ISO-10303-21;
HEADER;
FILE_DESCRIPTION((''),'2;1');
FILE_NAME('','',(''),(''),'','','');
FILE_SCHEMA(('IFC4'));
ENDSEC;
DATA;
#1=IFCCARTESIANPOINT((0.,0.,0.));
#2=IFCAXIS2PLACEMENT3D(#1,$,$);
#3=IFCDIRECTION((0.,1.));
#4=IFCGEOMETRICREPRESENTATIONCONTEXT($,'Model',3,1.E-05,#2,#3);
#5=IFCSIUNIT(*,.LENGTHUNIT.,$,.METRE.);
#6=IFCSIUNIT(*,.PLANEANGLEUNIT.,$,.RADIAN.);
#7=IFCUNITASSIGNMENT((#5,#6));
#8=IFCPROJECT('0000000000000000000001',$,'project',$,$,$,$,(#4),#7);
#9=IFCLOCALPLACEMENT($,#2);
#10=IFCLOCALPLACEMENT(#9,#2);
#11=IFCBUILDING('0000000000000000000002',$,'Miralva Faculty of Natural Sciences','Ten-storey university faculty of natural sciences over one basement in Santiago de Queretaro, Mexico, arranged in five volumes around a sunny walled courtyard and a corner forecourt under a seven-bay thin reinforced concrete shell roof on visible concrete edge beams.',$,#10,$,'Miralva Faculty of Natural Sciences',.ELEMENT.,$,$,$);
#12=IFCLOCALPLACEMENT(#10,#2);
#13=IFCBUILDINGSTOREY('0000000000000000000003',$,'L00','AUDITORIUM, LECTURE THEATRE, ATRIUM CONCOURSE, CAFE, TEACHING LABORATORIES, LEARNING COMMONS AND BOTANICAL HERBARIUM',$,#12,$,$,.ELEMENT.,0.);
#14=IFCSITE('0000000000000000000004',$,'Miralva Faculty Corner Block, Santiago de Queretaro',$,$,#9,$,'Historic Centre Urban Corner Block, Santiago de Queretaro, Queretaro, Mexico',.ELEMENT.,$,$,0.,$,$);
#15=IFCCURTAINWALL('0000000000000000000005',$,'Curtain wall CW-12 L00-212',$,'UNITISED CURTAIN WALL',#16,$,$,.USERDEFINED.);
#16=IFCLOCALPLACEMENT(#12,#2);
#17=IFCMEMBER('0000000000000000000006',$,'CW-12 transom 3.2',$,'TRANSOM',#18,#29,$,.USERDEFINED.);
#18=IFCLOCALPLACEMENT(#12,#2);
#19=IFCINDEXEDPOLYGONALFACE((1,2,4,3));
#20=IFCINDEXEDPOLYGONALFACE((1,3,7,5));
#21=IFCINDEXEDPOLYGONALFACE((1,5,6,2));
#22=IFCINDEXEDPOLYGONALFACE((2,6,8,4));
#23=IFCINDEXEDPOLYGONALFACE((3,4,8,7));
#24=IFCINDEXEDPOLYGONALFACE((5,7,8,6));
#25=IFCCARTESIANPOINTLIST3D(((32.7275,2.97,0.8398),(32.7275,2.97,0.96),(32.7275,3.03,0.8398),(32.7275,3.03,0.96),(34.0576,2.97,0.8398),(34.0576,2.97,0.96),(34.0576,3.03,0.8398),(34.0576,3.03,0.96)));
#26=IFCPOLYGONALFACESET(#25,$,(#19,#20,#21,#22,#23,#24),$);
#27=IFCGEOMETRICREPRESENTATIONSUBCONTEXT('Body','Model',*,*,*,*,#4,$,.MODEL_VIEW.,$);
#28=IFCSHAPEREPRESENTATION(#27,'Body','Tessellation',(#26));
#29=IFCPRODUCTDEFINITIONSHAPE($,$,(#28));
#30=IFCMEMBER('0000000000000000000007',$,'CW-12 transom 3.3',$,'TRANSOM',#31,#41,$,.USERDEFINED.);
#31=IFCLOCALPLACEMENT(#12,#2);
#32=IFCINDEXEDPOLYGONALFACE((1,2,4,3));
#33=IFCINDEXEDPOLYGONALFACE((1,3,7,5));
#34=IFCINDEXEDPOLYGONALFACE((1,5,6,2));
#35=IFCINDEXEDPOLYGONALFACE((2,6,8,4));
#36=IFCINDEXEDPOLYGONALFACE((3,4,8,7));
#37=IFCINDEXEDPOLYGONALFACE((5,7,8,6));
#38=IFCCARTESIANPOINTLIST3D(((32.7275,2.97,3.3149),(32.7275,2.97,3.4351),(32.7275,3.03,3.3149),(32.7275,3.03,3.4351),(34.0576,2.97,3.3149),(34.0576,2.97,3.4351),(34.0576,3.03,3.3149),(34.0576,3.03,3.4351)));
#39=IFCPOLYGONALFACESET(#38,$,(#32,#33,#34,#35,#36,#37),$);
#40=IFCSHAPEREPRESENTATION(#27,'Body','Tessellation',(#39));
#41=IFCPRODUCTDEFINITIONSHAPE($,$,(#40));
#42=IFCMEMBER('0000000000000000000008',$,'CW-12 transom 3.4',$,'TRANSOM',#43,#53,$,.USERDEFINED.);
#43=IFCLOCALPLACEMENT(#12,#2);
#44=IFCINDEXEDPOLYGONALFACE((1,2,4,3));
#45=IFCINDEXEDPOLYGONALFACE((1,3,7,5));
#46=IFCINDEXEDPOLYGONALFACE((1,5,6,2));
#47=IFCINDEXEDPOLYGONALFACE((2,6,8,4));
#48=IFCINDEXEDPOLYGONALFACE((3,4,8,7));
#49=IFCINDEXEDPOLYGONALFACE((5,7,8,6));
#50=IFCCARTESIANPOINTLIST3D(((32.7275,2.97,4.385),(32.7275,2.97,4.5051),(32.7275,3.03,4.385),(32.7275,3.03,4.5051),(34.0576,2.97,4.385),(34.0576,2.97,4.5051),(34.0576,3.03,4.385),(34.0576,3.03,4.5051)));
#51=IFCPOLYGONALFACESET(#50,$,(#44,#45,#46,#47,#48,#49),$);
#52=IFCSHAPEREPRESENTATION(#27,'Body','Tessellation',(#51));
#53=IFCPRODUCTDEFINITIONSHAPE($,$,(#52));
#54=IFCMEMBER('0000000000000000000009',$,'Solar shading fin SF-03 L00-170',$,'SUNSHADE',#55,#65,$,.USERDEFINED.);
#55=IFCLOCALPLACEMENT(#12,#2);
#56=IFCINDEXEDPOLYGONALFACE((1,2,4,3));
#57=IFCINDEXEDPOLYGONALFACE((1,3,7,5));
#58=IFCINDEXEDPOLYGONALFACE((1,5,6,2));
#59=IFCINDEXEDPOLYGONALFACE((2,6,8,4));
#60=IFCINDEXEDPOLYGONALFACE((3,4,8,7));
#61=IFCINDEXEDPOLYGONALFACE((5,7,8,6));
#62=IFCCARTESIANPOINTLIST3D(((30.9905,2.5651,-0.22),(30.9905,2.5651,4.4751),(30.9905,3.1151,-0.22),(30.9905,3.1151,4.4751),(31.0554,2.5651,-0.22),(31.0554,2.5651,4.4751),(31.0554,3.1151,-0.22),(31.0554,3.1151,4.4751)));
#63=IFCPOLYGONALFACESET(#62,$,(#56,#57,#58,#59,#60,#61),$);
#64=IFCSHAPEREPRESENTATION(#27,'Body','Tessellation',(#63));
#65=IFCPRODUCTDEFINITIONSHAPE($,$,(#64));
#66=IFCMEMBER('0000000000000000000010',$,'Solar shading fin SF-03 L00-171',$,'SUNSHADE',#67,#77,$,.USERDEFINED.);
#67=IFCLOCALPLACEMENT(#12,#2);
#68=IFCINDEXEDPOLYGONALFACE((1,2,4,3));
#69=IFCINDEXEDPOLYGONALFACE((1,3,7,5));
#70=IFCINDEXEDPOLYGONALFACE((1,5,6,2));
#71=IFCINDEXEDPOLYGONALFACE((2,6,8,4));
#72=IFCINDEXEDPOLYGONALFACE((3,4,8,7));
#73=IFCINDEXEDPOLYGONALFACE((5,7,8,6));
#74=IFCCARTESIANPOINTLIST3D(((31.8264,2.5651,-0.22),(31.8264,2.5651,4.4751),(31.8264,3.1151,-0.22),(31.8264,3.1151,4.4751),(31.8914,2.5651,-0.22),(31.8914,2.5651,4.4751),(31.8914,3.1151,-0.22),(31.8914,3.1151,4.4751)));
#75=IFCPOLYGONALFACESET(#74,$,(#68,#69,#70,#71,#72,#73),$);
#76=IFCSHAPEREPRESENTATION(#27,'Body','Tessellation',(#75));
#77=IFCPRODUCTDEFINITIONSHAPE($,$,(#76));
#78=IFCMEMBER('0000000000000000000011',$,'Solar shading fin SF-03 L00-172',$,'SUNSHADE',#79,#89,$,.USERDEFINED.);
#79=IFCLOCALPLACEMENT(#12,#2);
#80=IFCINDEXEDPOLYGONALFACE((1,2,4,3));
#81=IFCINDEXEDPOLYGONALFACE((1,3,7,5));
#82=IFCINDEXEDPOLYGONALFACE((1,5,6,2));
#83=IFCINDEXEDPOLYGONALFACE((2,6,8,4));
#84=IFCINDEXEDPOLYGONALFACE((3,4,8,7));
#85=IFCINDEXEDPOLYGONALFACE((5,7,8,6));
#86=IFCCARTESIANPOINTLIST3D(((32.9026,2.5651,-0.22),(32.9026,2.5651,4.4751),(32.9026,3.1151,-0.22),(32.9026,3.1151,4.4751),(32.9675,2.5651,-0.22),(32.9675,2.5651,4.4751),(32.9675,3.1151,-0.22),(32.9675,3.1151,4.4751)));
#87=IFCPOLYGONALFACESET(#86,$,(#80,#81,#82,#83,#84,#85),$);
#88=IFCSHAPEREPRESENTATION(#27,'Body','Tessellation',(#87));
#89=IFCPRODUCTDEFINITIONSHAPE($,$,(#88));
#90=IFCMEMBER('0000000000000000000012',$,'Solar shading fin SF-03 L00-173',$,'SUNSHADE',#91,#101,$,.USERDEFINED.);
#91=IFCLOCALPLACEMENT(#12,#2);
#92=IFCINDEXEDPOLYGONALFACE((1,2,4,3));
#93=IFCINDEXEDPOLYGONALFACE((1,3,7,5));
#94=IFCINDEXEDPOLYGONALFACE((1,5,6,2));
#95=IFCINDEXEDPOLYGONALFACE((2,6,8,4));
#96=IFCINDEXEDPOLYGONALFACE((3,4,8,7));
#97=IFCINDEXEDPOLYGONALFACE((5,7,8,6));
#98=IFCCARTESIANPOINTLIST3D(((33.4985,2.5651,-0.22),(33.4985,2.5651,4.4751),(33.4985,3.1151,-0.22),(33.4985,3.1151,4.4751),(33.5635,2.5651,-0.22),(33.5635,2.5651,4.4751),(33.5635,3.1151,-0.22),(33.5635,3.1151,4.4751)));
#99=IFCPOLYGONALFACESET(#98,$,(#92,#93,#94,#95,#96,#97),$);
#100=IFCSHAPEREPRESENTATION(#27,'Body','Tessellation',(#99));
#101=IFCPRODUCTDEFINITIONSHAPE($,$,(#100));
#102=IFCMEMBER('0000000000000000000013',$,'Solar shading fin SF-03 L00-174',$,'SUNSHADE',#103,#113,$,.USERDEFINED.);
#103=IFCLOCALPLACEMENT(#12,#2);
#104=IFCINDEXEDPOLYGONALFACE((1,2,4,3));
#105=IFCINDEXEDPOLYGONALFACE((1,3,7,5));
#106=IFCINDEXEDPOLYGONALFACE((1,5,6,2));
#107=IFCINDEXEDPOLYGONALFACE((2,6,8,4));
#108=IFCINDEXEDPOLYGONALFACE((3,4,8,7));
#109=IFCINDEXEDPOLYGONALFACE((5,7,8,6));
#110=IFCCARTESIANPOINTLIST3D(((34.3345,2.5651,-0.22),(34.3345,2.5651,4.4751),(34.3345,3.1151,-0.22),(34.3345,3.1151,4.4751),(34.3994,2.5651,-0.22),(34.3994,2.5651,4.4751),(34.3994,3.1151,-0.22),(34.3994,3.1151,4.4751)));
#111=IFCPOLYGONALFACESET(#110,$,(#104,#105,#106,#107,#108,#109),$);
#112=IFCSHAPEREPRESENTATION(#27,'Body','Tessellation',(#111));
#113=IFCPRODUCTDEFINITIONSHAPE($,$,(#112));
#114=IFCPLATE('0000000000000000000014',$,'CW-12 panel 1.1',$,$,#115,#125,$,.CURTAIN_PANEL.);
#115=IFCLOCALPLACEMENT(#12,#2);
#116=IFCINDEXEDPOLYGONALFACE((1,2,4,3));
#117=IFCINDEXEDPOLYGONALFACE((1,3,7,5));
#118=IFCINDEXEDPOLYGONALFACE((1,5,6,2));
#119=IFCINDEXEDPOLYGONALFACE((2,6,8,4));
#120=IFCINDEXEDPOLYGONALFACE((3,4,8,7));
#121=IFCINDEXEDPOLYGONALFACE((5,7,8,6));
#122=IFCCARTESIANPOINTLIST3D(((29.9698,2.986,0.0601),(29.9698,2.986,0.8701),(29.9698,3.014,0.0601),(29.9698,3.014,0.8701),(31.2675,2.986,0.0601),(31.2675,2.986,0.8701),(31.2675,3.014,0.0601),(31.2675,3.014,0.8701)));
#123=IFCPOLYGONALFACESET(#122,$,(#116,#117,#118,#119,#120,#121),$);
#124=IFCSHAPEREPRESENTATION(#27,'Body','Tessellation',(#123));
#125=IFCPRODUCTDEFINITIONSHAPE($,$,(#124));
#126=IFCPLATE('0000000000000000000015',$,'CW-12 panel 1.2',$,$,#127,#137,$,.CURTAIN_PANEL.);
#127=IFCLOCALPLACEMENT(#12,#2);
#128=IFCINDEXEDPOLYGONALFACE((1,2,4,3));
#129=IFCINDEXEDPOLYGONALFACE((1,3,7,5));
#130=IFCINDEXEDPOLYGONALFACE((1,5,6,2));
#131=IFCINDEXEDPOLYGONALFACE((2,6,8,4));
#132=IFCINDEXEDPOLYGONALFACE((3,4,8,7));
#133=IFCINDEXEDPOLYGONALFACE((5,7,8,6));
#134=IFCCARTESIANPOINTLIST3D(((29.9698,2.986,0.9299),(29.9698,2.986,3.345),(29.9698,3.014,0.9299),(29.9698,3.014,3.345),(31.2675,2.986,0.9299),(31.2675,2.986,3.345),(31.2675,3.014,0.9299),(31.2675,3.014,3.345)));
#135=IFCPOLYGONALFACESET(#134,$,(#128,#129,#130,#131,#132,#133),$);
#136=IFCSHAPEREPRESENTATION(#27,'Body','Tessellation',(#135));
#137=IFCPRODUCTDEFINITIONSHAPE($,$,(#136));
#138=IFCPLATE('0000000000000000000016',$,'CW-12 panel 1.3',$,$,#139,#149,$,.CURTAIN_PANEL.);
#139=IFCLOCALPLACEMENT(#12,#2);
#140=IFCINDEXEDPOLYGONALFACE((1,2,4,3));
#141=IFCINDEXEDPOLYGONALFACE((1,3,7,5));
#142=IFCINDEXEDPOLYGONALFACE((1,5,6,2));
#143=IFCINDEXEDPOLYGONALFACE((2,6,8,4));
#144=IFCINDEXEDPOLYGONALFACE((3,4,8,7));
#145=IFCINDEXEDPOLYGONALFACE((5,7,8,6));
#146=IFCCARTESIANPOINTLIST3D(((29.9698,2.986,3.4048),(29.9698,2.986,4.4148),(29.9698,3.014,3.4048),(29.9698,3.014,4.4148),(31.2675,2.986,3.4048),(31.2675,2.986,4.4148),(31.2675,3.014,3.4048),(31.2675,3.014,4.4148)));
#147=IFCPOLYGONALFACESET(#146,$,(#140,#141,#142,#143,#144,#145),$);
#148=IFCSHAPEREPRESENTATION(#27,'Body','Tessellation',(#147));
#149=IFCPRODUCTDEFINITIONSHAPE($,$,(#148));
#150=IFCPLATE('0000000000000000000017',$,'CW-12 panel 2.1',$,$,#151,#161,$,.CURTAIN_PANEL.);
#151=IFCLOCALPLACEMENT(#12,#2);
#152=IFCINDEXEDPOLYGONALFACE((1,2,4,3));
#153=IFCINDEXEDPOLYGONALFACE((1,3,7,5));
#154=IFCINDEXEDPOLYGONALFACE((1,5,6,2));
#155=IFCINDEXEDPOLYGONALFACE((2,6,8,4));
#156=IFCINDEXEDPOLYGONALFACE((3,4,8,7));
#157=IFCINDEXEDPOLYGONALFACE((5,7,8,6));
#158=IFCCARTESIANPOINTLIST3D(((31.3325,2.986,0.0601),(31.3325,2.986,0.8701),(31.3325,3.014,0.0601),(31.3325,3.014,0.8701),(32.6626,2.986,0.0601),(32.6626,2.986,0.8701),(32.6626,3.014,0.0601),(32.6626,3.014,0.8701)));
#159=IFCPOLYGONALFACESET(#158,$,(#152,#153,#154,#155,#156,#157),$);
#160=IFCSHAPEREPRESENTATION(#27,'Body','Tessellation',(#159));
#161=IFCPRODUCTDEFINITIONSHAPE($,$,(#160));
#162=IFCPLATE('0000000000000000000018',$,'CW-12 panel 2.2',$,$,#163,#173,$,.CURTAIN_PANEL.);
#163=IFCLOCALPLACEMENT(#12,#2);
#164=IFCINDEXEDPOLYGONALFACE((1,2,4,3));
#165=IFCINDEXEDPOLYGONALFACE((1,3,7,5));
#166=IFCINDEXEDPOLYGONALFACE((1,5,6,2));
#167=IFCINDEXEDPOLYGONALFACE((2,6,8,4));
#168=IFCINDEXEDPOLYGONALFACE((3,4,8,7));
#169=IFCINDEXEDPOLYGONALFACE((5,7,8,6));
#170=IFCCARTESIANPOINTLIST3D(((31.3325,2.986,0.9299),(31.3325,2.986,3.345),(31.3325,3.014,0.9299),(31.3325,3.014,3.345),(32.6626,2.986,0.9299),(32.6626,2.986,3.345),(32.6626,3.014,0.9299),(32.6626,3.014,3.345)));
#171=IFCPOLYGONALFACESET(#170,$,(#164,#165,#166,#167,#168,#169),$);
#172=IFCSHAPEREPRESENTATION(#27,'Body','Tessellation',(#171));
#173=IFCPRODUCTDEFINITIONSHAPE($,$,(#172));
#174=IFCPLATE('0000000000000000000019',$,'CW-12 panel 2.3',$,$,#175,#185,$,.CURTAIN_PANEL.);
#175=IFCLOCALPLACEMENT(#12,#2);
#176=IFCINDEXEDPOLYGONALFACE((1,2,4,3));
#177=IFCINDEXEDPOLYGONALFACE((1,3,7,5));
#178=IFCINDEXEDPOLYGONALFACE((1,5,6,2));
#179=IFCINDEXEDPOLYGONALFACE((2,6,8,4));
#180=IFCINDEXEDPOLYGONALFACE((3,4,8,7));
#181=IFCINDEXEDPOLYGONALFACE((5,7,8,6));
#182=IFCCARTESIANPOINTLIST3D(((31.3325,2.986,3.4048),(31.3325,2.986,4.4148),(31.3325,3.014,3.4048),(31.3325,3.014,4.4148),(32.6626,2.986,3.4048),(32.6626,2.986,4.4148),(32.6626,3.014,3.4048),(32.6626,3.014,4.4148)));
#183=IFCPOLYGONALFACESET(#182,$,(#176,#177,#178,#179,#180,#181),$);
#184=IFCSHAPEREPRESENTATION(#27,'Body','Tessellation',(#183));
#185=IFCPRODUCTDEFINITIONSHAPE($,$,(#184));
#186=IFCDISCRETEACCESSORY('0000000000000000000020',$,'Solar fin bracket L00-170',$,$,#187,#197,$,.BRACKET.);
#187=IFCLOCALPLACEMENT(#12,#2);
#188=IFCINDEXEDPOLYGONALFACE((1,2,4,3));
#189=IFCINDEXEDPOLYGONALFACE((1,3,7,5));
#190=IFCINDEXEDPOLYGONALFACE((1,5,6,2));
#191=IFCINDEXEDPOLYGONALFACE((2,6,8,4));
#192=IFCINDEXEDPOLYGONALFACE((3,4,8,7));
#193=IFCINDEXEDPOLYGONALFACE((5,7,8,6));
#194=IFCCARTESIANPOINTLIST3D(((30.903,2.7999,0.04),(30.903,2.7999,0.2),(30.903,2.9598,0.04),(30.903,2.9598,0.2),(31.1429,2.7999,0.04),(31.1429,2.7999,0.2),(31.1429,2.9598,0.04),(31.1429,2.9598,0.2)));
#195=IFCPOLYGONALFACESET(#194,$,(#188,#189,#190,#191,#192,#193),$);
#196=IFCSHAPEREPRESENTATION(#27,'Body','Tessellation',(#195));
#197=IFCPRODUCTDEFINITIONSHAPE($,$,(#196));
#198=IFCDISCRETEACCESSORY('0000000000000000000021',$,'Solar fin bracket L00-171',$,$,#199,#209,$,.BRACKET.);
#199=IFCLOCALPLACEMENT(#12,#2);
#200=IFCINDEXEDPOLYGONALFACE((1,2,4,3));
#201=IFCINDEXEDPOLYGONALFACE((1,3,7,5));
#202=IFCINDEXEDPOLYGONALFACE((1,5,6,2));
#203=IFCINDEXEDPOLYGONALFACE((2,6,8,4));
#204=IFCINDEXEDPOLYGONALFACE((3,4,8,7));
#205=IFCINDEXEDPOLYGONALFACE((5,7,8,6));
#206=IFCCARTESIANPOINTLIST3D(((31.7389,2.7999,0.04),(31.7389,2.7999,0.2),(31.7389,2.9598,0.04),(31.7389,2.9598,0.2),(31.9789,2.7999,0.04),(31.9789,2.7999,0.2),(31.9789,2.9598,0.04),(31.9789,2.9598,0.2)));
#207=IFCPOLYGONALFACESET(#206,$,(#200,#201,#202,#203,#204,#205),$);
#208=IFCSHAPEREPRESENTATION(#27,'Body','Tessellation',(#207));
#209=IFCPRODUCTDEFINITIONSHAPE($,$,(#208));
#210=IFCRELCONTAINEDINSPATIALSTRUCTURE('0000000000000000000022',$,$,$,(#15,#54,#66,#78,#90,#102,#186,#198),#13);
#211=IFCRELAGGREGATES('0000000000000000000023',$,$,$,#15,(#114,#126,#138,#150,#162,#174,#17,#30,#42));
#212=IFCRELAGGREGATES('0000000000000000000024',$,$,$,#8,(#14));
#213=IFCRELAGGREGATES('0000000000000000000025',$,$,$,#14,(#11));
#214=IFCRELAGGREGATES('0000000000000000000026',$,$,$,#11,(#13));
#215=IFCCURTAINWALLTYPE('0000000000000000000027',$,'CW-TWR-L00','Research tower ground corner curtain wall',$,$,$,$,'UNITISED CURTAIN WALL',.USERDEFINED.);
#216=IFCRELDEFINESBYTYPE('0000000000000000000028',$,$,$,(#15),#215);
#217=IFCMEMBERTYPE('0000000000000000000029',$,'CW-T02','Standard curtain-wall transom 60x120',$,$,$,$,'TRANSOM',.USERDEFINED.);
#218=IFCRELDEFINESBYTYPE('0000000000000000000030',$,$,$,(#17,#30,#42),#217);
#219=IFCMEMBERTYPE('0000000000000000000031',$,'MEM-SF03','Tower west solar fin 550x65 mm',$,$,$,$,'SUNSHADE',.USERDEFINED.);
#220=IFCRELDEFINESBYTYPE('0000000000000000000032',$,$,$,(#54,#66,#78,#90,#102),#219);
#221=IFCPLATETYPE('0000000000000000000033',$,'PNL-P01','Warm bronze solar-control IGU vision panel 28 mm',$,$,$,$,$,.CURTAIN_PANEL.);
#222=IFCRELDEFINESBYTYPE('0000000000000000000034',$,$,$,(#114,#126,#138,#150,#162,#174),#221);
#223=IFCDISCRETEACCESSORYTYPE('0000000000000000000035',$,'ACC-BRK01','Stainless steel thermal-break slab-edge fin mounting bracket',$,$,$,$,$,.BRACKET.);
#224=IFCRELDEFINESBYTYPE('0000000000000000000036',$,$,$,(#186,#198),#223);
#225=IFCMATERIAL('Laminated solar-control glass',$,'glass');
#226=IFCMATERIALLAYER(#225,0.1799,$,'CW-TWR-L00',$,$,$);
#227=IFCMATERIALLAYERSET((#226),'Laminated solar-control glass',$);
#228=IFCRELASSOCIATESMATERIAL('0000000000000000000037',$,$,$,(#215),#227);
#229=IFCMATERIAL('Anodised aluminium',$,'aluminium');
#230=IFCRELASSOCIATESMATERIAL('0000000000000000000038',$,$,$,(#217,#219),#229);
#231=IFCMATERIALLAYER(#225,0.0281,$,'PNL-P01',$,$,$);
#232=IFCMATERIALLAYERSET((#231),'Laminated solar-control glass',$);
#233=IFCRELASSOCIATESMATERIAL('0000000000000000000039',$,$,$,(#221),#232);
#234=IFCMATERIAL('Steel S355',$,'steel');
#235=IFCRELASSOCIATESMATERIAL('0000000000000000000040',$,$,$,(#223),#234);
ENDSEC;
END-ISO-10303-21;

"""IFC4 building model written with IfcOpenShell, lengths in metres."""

from ifc_helpers import new_model, si_unit, direction, frame, origin, origin_2d, place, context, subcontext, project, spatial, rectangle, extrude, material, layer, layer_set, material_profile, profile_set, type_object, element, aggregate, save


model = new_model("IFC4")

# Units and contexts
model_context = context("Model", 3, precision=1e-05, world=origin(), true_north=direction((0.0, 1.0)))
body_context = subcontext(model_context, "Body", "Model", "MODEL_VIEW")
ifc_project = project(units=[si_unit("LENGTHUNIT", "METRE"), si_unit("PLANEANGLEUNIT", "RADIAN")], contexts=[model_context])

# Site, building, storey
site_placement = place(None, origin())
site = spatial("IfcSite", under=ifc_project, at=site_placement, Name="Miralva Faculty Corner Block, Santiago de Queretaro", LongName="Historic Centre Urban Corner Block, Santiago de Queretaro, Queretaro, Mexico", CompositionType="ELEMENT", RefElevation=0.0)
building_placement = place(site_placement, origin())
building = spatial("IfcBuilding", under=site, at=building_placement, Name="Miralva Faculty of Natural Sciences", Description="Ten-storey university faculty of natural sciences over one basement in Santiago de Queretaro, Mexico, arranged in five volumes around a sunny walled courtyard and a corner forecourt under a seven-bay thin reinforced concrete shell roof on visible concrete edge beams.", LongName="Miralva Faculty of Natural Sciences", CompositionType="ELEMENT")
storey_placement = place(building_placement, origin())
storey = spatial("IfcBuildingStorey", under=building, at=storey_placement, Name="L00", Description="AUDITORIUM, LECTURE THEATRE, ATRIUM CONCOURSE, CAFE, TEACHING LABORATORIES, LEARNING COMMONS AND BOTANICAL HERBARIUM", CompositionType="ELEMENT", Elevation=0.0)

# Curtain wall, members
ifc_material_1 = material(Name="Laminated solar-control glass", Category="glass")
ifc_layer_1 = layer(ifc_material_1, 0.1799, Name="CW-TWR-L00")
ifc_layer_set_1 = layer_set([ifc_layer_1], Name="Laminated solar-control glass")
curtain_wall_type = type_object("IfcCurtainWallType", Name="CW-TWR-L00", Description="Research tower ground corner curtain wall", ElementType="UNITISED CURTAIN WALL", PredefinedType="USERDEFINED", material=ifc_layer_set_1)
curtain_wall_placement = place(storey_placement, origin())
curtain_wall = element("IfcCurtainWall", 1, at=curtain_wall_placement, inside=storey, type_object=curtain_wall_type, Name="Curtain wall CW-12 L00-212", ObjectType="UNITISED CURTAIN WALL", PredefinedType="USERDEFINED")
ifc_material_2 = material(Name="Anodised aluminium", Category="aluminium")
ifc_material_profile_1 = material_profile(ifc_material_2, rectangle(XDim=0.0601, YDim=0.1201, at=origin_2d()), Name="TRANSOM 60x120")
ifc_profile_set_1 = profile_set([ifc_material_profile_1], Name="Anodised aluminium")
member_type_1 = type_object("IfcMemberType", Name="CW-T02", Description="Standard curtain-wall transom 60x120", ElementType="TRANSOM", PredefinedType="USERDEFINED", material=ifc_profile_set_1)
member_1_placement = place(storey_placement, frame((32.7275, 3.0, 0.8999), z_axis=(1.0, 0.0, 0.0), x_axis=(0.0, 1.0, 0.0)))
member_1 = element("IfcMember", 2, at=member_1_placement, type_object=member_type_1, Name="CW-12 transom 3.2", ObjectType="TRANSOM", PredefinedType="USERDEFINED", context=body_context, shape_type="SweptSolid", body=[
    extrude(rectangle(XDim=0.0601, YDim=0.1201, at=origin_2d()), origin(), (0.0, 0.0, 1.0), 1.3301),
])
member_2_placement = place(storey_placement, frame((32.7275, 3.0, 3.375), z_axis=(1.0, 0.0, 0.0), x_axis=(0.0, 1.0, 0.0)))
member_2 = element("IfcMember", 3, at=member_2_placement, type_object=member_type_1, Name="CW-12 transom 3.3", ObjectType="TRANSOM", PredefinedType="USERDEFINED", context=body_context, shape_type="SweptSolid", body=[
    extrude(rectangle(XDim=0.0601, YDim=0.1201, at=origin_2d()), origin(), (0.0, 0.0, 1.0), 1.3301),
])
member_3_placement = place(storey_placement, frame((32.7275, 3.0, 4.4451), z_axis=(1.0, 0.0, 0.0), x_axis=(0.0, 1.0, 0.0)))
member_3 = element("IfcMember", 4, at=member_3_placement, type_object=member_type_1, Name="CW-12 transom 3.4", ObjectType="TRANSOM", PredefinedType="USERDEFINED", context=body_context, shape_type="SweptSolid", body=[
    extrude(rectangle(XDim=0.0601, YDim=0.1201, at=origin_2d()), origin(), (0.0, 0.0, 1.0), 1.3301),
])

# Members
ifc_material_profile_2 = material_profile(ifc_material_2, rectangle(XDim=0.0649, YDim=0.55, at=origin_2d()), Name="FIN 550x65")
ifc_profile_set_2 = profile_set([ifc_material_profile_2], Name="Anodised aluminium")
member_type_2 = type_object("IfcMemberType", Name="MEM-SF03", Description="Tower west solar fin 550x65 mm", ElementType="SUNSHADE", PredefinedType="USERDEFINED", material=ifc_profile_set_2)
for number, where, z_axis, x_axis, name in (
    (5, (31.0229, 2.8401, -0.22), (0.0, 0.0, 1.0), (1.0, 0.0, 0.0), "Solar shading fin SF-03 L00-170"),
    (6, (31.8589, 2.8401, -0.22), (0.0, 0.0, 1.0), (1.0, 0.0, 0.0), "Solar shading fin SF-03 L00-171"),
    (7, (32.9351, 2.8401, -0.22), (0.0, 0.0, 1.0), (1.0, 0.0, 0.0), "Solar shading fin SF-03 L00-172"),
    (8, (33.531, 2.8401, -0.22), (0.0, 0.0, 1.0), (1.0, 0.0, 0.0), "Solar shading fin SF-03 L00-173"),
    (9, (34.3669, 2.8401, -0.22), (0.0, 0.0, 1.0), (1.0, 0.0, 0.0), "Solar shading fin SF-03 L00-174"),
):
    element("IfcMember", number, at=place(storey_placement, frame(where, z_axis=z_axis, x_axis=x_axis)), inside=storey, type_object=member_type_2, Name=name, ObjectType="SUNSHADE", PredefinedType="USERDEFINED", context=body_context, shape_type="SweptSolid", body=[
        extrude(rectangle(XDim=0.0649, YDim=0.55, at=origin_2d()), origin(), (0.0, 0.0, 1.0), 4.6951),
    ])

# Plates
ifc_layer_2 = layer(ifc_material_1, 0.0281, Name="PNL-P01")
ifc_layer_set_2 = layer_set([ifc_layer_2], Name="Laminated solar-control glass")
plate_type = type_object("IfcPlateType", Name="PNL-P01", Description="Warm bronze solar-control IGU vision panel 28 mm", PredefinedType="CURTAIN_PANEL", material=ifc_layer_set_2)
plate_1_placement = place(storey_placement, frame((30.6187, 3.0, 0.0601), z_axis=(0.0, 0.0, 1.0), x_axis=(1.0, 0.0, 0.0)))
plate_1 = element("IfcPlate", 10, at=plate_1_placement, type_object=plate_type, Name="CW-12 panel 1.1", PredefinedType="CURTAIN_PANEL", context=body_context, shape_type="SweptSolid", body=[
    extrude(rectangle(XDim=1.2976, YDim=0.0281, at=origin_2d()), origin(), (0.0, 0.0, 1.0), 0.8101),
])
plate_2_placement = place(storey_placement, frame((30.6187, 3.0, 0.9299), z_axis=(0.0, 0.0, 1.0), x_axis=(1.0, 0.0, 0.0)))
plate_2 = element("IfcPlate", 11, at=plate_2_placement, type_object=plate_type, Name="CW-12 panel 1.2", PredefinedType="CURTAIN_PANEL", context=body_context, shape_type="SweptSolid", body=[
    extrude(rectangle(XDim=1.2976, YDim=0.0281, at=origin_2d()), origin(), (0.0, 0.0, 1.0), 2.415),
])
plate_3_placement = place(storey_placement, frame((30.6187, 3.0, 3.4048), z_axis=(0.0, 0.0, 1.0), x_axis=(1.0, 0.0, 0.0)))
plate_3 = element("IfcPlate", 12, at=plate_3_placement, type_object=plate_type, Name="CW-12 panel 1.3", PredefinedType="CURTAIN_PANEL", context=body_context, shape_type="SweptSolid", body=[
    extrude(rectangle(XDim=1.2976, YDim=0.0281, at=origin_2d()), origin(), (0.0, 0.0, 1.0), 1.01),
])
plate_4_placement = place(storey_placement, frame((31.9976, 3.0, 0.0601), z_axis=(0.0, 0.0, 1.0), x_axis=(1.0, 0.0, 0.0)))
plate_4 = element("IfcPlate", 13, at=plate_4_placement, type_object=plate_type, Name="CW-12 panel 2.1", PredefinedType="CURTAIN_PANEL", context=body_context, shape_type="SweptSolid", body=[
    extrude(rectangle(XDim=1.3301, YDim=0.0281, at=origin_2d()), origin(), (0.0, 0.0, 1.0), 0.8101),
])
plate_5_placement = place(storey_placement, frame((31.9976, 3.0, 0.9299), z_axis=(0.0, 0.0, 1.0), x_axis=(1.0, 0.0, 0.0)))
plate_5 = element("IfcPlate", 14, at=plate_5_placement, type_object=plate_type, Name="CW-12 panel 2.2", PredefinedType="CURTAIN_PANEL", context=body_context, shape_type="SweptSolid", body=[
    extrude(rectangle(XDim=1.3301, YDim=0.0281, at=origin_2d()), origin(), (0.0, 0.0, 1.0), 2.415),
])
plate_6_placement = place(storey_placement, frame((31.9976, 3.0, 3.4048), z_axis=(0.0, 0.0, 1.0), x_axis=(1.0, 0.0, 0.0)))
plate_6 = element("IfcPlate", 15, at=plate_6_placement, type_object=plate_type, Name="CW-12 panel 2.3", PredefinedType="CURTAIN_PANEL", context=body_context, shape_type="SweptSolid", body=[
    extrude(rectangle(XDim=1.3301, YDim=0.0281, at=origin_2d()), origin(), (0.0, 0.0, 1.0), 1.01),
])
aggregate(curtain_wall, [plate_1, plate_2, plate_3, plate_4, plate_5, plate_6, member_1, member_2, member_3])

# Discrete accessories
ifc_material_3 = material(Name="Steel S355", Category="steel")
discrete_accessory_type = type_object("IfcDiscreteAccessoryType", Name="ACC-BRK01", Description="Stainless steel thermal-break slab-edge fin mounting bracket", PredefinedType="BRACKET", material=ifc_material_3)
for number, where, z_axis, x_axis, name in (
    (16, (31.0229, 2.8799, 0.04), (0.0, 0.0, 1.0), (0.0, -1.0, 0.0), "Solar fin bracket L00-170"),
    (17, (31.8589, 2.8799, 0.04), (0.0, 0.0, 1.0), (0.0, -1.0, 0.0), "Solar fin bracket L00-171"),
):
    element("IfcDiscreteAccessory", number, at=place(storey_placement, frame(where, z_axis=z_axis, x_axis=x_axis)), inside=storey, type_object=discrete_accessory_type, Name=name, PredefinedType="BRACKET", context=body_context, shape_type="SweptSolid", body=[
        extrude(rectangle(XDim=0.1599, YDim=0.24, at=origin_2d()), origin(), (0.0, 0.0, 1.0), 0.1599),
    ])

save(model, "model.ifc")
